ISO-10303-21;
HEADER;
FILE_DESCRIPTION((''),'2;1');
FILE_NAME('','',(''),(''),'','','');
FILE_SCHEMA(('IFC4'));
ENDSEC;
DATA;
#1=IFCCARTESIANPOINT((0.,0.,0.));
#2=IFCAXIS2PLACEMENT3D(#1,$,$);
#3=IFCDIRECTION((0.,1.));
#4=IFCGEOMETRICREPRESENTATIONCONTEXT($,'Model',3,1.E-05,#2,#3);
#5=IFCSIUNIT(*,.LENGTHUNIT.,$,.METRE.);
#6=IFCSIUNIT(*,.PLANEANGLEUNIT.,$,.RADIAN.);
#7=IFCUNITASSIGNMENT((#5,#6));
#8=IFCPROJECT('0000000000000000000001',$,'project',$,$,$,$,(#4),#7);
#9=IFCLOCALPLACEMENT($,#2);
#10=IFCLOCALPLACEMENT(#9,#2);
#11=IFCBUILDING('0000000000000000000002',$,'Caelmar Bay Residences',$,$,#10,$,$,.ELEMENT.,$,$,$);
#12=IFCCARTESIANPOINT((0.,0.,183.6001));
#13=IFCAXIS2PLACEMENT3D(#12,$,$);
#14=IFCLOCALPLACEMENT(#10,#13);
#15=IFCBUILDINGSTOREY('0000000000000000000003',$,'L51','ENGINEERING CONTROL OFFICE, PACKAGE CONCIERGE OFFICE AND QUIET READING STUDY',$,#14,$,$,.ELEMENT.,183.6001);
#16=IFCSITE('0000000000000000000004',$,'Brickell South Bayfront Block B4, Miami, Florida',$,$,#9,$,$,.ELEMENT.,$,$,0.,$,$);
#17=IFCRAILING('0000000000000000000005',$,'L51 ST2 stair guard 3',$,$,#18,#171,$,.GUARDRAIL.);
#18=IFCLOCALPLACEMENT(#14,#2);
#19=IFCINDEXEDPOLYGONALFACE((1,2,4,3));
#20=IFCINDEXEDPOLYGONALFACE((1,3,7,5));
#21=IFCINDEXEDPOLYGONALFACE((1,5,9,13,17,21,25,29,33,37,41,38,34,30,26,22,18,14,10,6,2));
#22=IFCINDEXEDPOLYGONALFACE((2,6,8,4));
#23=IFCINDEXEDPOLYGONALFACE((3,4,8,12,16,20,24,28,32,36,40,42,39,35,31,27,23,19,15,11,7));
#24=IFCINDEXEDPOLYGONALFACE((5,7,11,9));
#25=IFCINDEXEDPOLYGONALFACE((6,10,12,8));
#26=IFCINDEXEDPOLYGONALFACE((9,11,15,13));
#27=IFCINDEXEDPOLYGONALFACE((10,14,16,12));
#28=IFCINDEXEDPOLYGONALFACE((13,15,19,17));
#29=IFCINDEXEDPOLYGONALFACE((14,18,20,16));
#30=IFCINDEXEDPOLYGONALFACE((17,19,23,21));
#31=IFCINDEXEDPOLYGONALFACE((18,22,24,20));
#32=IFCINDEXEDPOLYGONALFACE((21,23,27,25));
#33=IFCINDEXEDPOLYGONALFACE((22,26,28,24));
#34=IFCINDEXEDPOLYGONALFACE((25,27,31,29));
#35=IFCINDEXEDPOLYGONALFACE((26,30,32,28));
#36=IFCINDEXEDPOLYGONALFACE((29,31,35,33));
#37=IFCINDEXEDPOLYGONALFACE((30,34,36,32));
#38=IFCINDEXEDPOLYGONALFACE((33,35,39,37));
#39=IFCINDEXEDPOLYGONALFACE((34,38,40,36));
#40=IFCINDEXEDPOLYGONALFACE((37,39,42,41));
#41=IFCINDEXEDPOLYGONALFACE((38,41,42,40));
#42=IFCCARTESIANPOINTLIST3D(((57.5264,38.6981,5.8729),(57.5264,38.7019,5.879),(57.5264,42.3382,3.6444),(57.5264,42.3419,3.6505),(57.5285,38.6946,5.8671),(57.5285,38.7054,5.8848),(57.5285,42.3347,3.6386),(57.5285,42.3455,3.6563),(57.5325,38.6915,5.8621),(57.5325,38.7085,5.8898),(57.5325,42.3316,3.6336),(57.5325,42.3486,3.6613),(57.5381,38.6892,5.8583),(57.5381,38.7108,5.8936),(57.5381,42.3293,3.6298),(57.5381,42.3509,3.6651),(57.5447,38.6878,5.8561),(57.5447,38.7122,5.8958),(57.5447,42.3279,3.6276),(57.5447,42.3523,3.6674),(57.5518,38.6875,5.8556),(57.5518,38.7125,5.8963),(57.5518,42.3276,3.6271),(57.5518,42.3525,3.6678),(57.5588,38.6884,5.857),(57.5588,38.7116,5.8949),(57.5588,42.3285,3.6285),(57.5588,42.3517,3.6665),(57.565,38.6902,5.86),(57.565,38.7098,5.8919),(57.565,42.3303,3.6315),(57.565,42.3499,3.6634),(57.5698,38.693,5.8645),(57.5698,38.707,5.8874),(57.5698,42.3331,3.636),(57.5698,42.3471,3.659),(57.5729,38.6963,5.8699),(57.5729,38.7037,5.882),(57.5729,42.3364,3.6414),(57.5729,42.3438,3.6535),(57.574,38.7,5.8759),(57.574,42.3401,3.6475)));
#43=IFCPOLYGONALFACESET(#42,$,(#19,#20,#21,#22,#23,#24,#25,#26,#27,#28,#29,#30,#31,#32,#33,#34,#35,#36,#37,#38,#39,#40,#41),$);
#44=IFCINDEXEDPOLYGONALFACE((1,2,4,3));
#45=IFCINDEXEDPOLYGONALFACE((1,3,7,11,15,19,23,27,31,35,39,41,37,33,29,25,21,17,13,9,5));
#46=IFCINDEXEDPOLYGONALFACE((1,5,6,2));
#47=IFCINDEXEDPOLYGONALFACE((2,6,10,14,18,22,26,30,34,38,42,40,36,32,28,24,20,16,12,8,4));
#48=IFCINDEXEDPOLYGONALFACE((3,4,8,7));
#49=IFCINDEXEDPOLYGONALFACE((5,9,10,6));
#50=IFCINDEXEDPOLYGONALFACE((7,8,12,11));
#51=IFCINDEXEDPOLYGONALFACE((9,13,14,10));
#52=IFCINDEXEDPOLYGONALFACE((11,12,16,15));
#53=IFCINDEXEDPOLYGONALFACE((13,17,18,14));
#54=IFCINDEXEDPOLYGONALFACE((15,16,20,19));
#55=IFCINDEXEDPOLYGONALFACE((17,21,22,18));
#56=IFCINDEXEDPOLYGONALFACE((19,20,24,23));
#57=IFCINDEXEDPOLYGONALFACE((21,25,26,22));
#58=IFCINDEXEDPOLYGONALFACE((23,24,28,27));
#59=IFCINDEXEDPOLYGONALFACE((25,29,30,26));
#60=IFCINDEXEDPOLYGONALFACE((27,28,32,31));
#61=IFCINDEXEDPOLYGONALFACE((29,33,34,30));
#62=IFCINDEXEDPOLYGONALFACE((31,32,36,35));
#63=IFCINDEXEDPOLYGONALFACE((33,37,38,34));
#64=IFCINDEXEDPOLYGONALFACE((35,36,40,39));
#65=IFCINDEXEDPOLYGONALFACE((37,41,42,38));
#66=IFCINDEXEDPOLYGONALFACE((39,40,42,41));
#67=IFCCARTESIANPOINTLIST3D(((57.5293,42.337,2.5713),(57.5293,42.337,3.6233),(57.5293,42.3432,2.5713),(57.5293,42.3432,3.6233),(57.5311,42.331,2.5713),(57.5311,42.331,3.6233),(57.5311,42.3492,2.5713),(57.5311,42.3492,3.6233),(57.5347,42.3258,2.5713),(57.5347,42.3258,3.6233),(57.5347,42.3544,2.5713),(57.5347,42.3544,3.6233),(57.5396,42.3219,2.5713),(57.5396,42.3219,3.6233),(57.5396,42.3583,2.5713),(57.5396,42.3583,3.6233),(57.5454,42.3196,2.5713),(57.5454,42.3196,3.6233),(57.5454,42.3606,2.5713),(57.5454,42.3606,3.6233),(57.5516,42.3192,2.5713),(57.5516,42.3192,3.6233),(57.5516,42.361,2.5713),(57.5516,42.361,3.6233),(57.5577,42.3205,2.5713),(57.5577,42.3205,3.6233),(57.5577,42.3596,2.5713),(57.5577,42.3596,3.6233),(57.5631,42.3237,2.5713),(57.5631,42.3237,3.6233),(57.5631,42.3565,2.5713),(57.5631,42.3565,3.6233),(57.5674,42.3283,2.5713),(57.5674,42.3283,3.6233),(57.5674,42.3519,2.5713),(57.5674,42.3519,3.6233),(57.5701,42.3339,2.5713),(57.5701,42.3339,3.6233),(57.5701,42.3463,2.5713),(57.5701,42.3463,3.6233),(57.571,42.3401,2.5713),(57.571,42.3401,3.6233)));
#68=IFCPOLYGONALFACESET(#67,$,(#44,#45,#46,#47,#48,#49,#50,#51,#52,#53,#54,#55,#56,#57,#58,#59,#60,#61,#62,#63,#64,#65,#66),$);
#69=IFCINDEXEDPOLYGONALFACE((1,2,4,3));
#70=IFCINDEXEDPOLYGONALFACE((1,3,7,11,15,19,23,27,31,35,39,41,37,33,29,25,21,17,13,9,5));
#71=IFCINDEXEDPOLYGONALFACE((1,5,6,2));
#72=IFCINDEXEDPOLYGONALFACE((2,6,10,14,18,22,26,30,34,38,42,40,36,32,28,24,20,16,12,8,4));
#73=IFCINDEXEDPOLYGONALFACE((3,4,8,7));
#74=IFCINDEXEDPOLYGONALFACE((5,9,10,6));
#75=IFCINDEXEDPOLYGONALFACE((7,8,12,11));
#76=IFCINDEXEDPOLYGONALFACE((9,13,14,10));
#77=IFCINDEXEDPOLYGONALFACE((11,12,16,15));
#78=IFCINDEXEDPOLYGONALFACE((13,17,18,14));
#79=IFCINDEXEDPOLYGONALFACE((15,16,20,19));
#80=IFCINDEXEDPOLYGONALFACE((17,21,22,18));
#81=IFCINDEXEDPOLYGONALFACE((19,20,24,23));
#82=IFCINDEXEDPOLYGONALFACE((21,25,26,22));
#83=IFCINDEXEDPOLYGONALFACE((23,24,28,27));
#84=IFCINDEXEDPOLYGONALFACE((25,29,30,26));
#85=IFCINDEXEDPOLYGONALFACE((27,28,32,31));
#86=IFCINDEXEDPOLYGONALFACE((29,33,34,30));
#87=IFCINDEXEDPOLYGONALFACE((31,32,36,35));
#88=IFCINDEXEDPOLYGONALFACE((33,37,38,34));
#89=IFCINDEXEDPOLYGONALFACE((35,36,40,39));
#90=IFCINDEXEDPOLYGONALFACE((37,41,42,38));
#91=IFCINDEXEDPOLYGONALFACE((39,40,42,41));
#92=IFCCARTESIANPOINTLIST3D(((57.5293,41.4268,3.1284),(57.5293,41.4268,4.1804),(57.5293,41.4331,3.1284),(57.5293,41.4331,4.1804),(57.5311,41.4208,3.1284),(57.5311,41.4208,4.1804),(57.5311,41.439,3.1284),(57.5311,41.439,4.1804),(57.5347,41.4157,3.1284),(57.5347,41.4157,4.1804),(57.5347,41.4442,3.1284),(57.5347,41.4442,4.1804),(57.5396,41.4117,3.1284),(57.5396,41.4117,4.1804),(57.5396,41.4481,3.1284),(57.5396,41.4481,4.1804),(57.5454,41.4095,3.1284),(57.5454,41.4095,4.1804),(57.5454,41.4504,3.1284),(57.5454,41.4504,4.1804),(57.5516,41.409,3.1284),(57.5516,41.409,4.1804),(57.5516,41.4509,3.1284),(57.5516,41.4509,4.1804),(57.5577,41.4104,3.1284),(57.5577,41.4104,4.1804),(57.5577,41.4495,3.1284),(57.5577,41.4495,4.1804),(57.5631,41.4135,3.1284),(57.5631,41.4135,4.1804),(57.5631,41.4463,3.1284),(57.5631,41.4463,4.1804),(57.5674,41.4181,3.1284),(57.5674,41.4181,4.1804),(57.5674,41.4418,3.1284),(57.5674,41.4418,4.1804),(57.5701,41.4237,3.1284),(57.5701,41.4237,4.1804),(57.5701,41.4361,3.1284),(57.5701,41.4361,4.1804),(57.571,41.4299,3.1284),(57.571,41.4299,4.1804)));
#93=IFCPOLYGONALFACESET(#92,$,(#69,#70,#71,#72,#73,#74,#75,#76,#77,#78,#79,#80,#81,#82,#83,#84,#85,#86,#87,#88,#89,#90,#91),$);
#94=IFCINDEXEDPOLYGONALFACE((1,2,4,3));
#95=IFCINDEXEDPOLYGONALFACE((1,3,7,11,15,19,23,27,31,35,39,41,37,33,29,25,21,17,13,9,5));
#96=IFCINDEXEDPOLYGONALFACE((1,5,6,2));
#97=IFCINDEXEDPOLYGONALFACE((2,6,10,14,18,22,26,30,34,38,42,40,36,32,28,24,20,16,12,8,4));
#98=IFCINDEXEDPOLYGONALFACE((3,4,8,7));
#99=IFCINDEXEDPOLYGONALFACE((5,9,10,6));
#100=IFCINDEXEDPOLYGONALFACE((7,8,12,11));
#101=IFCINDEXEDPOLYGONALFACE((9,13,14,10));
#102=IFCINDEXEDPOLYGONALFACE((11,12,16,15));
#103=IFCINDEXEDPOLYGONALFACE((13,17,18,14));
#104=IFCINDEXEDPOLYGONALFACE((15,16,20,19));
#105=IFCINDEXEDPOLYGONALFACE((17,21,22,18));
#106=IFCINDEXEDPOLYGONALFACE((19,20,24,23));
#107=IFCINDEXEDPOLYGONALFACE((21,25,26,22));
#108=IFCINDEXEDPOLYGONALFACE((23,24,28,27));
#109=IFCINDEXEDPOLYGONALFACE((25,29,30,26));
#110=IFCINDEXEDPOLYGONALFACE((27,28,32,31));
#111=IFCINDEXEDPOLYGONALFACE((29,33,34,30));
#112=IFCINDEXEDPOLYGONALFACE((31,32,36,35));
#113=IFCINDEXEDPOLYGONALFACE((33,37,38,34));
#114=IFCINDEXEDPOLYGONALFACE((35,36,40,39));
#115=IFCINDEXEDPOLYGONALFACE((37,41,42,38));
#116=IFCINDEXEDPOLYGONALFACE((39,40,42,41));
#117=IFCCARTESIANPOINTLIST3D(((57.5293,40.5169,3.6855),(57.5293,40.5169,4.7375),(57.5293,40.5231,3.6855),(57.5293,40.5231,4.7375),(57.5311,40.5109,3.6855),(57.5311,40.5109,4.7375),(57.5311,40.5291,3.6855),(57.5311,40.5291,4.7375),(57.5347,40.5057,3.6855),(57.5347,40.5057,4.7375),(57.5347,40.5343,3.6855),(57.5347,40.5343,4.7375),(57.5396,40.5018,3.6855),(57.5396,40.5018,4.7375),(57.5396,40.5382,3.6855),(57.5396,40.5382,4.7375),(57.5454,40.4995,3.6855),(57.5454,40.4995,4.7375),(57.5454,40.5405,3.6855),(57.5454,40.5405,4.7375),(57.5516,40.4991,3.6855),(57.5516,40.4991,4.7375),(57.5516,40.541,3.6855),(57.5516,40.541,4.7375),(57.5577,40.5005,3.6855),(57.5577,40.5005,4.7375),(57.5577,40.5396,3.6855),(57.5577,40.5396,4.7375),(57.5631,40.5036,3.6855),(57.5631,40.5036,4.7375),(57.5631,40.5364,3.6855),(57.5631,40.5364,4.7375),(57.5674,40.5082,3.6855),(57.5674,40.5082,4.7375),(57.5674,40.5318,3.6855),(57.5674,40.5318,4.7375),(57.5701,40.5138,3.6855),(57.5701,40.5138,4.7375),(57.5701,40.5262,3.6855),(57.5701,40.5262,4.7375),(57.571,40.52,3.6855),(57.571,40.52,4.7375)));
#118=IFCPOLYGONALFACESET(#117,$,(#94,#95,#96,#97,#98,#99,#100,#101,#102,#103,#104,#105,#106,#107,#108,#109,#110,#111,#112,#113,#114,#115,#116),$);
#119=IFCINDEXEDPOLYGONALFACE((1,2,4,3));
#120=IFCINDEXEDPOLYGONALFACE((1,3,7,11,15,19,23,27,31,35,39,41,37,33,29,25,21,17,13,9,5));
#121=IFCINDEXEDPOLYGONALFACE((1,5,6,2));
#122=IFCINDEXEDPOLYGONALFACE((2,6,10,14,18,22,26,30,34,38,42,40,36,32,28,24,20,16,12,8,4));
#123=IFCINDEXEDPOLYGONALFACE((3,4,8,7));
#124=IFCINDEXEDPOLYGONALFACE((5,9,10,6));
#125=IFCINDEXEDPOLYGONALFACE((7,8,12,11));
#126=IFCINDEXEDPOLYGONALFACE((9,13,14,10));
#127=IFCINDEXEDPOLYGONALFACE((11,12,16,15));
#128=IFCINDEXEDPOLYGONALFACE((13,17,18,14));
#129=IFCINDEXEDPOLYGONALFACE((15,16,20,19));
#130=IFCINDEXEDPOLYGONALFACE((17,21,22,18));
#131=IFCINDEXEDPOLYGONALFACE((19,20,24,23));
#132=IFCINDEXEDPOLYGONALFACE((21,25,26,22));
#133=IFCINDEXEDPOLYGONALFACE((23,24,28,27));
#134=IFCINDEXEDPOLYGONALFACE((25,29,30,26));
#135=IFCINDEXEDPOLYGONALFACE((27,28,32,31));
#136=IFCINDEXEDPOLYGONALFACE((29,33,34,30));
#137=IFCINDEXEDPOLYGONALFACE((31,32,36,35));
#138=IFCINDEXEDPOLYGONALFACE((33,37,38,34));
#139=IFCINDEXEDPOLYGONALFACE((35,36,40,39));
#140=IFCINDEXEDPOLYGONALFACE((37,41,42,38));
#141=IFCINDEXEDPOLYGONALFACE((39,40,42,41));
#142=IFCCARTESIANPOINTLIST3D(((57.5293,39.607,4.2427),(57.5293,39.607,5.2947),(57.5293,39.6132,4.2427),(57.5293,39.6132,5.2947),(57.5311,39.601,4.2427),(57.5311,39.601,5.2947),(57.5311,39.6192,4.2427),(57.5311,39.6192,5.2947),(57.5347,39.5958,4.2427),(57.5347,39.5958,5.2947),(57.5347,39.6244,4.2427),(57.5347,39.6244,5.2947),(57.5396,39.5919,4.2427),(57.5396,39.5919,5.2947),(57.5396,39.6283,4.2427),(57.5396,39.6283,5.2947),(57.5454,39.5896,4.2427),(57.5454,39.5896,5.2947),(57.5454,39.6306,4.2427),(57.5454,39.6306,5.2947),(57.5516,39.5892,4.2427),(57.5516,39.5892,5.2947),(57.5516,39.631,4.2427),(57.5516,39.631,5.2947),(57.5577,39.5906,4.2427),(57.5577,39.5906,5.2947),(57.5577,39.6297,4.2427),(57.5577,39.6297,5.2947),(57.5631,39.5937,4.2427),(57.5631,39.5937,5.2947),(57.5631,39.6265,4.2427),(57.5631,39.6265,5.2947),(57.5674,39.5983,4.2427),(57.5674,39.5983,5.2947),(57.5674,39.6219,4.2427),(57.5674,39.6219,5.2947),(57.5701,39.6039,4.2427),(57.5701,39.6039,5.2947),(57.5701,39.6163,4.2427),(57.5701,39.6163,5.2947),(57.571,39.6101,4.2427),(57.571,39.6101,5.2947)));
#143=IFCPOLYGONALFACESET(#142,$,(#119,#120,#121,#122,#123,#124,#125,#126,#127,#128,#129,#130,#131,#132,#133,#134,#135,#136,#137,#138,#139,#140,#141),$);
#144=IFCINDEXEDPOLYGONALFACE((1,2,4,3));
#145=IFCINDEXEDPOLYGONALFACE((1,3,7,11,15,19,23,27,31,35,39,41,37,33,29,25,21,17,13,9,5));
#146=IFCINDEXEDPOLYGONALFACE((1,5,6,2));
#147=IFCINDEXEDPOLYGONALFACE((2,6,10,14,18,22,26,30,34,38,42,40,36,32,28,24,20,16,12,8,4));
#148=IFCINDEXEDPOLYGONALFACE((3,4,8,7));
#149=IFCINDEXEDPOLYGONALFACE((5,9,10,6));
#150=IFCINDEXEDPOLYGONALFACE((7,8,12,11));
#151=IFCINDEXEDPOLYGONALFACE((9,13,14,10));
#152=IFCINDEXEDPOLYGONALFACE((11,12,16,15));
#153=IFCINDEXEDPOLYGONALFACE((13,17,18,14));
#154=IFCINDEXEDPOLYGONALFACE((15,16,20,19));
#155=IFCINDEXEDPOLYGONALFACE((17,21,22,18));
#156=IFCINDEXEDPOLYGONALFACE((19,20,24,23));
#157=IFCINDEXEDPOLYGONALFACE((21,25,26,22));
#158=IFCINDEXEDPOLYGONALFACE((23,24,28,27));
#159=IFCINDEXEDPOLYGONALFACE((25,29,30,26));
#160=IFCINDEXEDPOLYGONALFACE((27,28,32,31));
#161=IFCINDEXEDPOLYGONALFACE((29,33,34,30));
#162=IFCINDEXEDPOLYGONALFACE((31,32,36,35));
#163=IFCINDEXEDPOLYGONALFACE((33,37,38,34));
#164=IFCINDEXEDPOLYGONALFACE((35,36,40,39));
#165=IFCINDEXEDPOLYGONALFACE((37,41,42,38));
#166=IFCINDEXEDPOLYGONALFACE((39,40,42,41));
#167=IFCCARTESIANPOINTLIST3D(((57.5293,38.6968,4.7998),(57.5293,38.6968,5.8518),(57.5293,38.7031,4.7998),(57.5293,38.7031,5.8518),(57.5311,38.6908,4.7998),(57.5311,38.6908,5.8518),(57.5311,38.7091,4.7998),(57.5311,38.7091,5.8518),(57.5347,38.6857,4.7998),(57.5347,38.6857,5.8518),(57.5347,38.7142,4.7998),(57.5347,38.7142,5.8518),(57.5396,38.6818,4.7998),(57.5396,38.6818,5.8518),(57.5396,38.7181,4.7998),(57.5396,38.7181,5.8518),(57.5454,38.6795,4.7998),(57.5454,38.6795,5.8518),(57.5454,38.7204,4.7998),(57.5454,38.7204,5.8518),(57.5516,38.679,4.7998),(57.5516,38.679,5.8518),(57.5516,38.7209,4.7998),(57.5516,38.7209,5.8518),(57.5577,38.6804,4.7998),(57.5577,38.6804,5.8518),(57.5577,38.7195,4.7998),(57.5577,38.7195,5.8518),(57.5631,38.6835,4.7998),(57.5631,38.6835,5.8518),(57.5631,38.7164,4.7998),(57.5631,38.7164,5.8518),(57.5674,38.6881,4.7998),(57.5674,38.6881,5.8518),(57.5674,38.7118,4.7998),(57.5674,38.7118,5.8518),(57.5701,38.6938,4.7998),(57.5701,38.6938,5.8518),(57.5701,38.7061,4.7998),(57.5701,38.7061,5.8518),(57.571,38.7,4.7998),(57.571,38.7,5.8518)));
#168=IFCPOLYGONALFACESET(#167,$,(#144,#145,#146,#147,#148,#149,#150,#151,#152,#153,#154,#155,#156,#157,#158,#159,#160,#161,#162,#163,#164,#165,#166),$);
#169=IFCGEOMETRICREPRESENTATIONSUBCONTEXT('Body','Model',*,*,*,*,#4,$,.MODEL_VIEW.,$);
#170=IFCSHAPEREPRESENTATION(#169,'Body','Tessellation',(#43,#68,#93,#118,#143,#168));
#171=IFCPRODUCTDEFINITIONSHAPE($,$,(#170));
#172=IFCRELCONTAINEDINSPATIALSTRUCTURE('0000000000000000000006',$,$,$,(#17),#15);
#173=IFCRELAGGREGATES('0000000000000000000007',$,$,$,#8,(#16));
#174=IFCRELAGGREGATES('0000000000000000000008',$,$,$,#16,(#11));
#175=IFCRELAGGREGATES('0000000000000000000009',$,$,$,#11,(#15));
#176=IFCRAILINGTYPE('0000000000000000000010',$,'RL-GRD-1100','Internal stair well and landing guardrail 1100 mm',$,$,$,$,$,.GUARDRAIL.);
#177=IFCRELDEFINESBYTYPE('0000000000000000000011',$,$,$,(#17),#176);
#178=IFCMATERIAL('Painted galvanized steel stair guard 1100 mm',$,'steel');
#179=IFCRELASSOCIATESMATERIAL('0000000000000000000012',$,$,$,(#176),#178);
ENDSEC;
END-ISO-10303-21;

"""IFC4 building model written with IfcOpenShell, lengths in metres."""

from ifc_helpers import new_model, si_unit, direction, frame, origin, origin_2d, place, context, subcontext, project, spatial, circle, extrude, material, type_object, element, save


model = new_model("IFC4")

# Units and contexts
model_context = context("Model", 3, precision=1e-05, world=origin(), true_north=direction((0.0, 1.0)))
body_context = subcontext(model_context, "Body", "Model", "MODEL_VIEW")
ifc_project = project(units=[si_unit("LENGTHUNIT", "METRE"), si_unit("PLANEANGLEUNIT", "RADIAN")], contexts=[model_context])

# Site, building, storey
site_placement = place(None, origin())
site = spatial("IfcSite", under=ifc_project, at=site_placement, Name="Brickell South Bayfront Block B4, Miami, Florida", CompositionType="ELEMENT", RefElevation=0.0)
building_placement = place(site_placement, origin())
building = spatial("IfcBuilding", under=site, at=building_placement, Name="Caelmar Bay Residences", CompositionType="ELEMENT")
storey_placement = place(building_placement, frame((0.0, 0.0, 183.6001)))
storey = spatial("IfcBuildingStorey", under=building, at=storey_placement, Name="L51", Description="ENGINEERING CONTROL OFFICE, PACKAGE CONCIERGE OFFICE AND QUIET READING STUDY", CompositionType="ELEMENT", Elevation=183.6001)

# Railing
ifc_material_1 = material(Name="Painted galvanized steel stair guard 1100 mm", Category="steel")
railing_type_1 = type_object("IfcRailingType", Name="RL-GRD-1100", Description="Internal stair well and landing guardrail 1100 mm", PredefinedType="GUARDRAIL", material=ifc_material_1)
railing_1_placement = place(storey_placement, frame((57.55, 42.3401, 2.5713)))
element("IfcRailing", 1, at=railing_1_placement, inside=storey, type_object=railing_type_1, Name="L51 ST2 stair guard 3", PredefinedType="GUARDRAIL", context=body_context, shape_type="SweptSolid", body=[
    extrude(circle(Radius=0.0239, at=origin_2d()), frame((0.0, 0.0, 1.0762), z_axis=(0.0, -0.852866, 0.52213), x_axis=(1.0, 0.0, 0.0)), (0.0, 0.0, 1.0), 4.2681),
    extrude(circle(Radius=0.021, at=origin_2d()), origin(), (0.0, 0.0, 1.0), 1.052),
    extrude(circle(Radius=0.021, at=origin_2d()), frame((0.0, -0.9102, 0.5571)), (0.0, 0.0, 1.0), 1.052),
    extrude(circle(Radius=0.021, at=origin_2d()), frame((0.0, -1.8201, 1.1143)), (0.0, 0.0, 1.0), 1.052),
    extrude(circle(Radius=0.021, at=origin_2d()), frame((0.0, -2.73, 1.6714)), (0.0, 0.0, 1.0), 1.052),
    extrude(circle(Radius=0.021, at=origin_2d()), frame((0.0, -3.6401, 2.2285)), (0.0, 0.0, 1.0), 1.052),
])

save(model, "model.ifc")
